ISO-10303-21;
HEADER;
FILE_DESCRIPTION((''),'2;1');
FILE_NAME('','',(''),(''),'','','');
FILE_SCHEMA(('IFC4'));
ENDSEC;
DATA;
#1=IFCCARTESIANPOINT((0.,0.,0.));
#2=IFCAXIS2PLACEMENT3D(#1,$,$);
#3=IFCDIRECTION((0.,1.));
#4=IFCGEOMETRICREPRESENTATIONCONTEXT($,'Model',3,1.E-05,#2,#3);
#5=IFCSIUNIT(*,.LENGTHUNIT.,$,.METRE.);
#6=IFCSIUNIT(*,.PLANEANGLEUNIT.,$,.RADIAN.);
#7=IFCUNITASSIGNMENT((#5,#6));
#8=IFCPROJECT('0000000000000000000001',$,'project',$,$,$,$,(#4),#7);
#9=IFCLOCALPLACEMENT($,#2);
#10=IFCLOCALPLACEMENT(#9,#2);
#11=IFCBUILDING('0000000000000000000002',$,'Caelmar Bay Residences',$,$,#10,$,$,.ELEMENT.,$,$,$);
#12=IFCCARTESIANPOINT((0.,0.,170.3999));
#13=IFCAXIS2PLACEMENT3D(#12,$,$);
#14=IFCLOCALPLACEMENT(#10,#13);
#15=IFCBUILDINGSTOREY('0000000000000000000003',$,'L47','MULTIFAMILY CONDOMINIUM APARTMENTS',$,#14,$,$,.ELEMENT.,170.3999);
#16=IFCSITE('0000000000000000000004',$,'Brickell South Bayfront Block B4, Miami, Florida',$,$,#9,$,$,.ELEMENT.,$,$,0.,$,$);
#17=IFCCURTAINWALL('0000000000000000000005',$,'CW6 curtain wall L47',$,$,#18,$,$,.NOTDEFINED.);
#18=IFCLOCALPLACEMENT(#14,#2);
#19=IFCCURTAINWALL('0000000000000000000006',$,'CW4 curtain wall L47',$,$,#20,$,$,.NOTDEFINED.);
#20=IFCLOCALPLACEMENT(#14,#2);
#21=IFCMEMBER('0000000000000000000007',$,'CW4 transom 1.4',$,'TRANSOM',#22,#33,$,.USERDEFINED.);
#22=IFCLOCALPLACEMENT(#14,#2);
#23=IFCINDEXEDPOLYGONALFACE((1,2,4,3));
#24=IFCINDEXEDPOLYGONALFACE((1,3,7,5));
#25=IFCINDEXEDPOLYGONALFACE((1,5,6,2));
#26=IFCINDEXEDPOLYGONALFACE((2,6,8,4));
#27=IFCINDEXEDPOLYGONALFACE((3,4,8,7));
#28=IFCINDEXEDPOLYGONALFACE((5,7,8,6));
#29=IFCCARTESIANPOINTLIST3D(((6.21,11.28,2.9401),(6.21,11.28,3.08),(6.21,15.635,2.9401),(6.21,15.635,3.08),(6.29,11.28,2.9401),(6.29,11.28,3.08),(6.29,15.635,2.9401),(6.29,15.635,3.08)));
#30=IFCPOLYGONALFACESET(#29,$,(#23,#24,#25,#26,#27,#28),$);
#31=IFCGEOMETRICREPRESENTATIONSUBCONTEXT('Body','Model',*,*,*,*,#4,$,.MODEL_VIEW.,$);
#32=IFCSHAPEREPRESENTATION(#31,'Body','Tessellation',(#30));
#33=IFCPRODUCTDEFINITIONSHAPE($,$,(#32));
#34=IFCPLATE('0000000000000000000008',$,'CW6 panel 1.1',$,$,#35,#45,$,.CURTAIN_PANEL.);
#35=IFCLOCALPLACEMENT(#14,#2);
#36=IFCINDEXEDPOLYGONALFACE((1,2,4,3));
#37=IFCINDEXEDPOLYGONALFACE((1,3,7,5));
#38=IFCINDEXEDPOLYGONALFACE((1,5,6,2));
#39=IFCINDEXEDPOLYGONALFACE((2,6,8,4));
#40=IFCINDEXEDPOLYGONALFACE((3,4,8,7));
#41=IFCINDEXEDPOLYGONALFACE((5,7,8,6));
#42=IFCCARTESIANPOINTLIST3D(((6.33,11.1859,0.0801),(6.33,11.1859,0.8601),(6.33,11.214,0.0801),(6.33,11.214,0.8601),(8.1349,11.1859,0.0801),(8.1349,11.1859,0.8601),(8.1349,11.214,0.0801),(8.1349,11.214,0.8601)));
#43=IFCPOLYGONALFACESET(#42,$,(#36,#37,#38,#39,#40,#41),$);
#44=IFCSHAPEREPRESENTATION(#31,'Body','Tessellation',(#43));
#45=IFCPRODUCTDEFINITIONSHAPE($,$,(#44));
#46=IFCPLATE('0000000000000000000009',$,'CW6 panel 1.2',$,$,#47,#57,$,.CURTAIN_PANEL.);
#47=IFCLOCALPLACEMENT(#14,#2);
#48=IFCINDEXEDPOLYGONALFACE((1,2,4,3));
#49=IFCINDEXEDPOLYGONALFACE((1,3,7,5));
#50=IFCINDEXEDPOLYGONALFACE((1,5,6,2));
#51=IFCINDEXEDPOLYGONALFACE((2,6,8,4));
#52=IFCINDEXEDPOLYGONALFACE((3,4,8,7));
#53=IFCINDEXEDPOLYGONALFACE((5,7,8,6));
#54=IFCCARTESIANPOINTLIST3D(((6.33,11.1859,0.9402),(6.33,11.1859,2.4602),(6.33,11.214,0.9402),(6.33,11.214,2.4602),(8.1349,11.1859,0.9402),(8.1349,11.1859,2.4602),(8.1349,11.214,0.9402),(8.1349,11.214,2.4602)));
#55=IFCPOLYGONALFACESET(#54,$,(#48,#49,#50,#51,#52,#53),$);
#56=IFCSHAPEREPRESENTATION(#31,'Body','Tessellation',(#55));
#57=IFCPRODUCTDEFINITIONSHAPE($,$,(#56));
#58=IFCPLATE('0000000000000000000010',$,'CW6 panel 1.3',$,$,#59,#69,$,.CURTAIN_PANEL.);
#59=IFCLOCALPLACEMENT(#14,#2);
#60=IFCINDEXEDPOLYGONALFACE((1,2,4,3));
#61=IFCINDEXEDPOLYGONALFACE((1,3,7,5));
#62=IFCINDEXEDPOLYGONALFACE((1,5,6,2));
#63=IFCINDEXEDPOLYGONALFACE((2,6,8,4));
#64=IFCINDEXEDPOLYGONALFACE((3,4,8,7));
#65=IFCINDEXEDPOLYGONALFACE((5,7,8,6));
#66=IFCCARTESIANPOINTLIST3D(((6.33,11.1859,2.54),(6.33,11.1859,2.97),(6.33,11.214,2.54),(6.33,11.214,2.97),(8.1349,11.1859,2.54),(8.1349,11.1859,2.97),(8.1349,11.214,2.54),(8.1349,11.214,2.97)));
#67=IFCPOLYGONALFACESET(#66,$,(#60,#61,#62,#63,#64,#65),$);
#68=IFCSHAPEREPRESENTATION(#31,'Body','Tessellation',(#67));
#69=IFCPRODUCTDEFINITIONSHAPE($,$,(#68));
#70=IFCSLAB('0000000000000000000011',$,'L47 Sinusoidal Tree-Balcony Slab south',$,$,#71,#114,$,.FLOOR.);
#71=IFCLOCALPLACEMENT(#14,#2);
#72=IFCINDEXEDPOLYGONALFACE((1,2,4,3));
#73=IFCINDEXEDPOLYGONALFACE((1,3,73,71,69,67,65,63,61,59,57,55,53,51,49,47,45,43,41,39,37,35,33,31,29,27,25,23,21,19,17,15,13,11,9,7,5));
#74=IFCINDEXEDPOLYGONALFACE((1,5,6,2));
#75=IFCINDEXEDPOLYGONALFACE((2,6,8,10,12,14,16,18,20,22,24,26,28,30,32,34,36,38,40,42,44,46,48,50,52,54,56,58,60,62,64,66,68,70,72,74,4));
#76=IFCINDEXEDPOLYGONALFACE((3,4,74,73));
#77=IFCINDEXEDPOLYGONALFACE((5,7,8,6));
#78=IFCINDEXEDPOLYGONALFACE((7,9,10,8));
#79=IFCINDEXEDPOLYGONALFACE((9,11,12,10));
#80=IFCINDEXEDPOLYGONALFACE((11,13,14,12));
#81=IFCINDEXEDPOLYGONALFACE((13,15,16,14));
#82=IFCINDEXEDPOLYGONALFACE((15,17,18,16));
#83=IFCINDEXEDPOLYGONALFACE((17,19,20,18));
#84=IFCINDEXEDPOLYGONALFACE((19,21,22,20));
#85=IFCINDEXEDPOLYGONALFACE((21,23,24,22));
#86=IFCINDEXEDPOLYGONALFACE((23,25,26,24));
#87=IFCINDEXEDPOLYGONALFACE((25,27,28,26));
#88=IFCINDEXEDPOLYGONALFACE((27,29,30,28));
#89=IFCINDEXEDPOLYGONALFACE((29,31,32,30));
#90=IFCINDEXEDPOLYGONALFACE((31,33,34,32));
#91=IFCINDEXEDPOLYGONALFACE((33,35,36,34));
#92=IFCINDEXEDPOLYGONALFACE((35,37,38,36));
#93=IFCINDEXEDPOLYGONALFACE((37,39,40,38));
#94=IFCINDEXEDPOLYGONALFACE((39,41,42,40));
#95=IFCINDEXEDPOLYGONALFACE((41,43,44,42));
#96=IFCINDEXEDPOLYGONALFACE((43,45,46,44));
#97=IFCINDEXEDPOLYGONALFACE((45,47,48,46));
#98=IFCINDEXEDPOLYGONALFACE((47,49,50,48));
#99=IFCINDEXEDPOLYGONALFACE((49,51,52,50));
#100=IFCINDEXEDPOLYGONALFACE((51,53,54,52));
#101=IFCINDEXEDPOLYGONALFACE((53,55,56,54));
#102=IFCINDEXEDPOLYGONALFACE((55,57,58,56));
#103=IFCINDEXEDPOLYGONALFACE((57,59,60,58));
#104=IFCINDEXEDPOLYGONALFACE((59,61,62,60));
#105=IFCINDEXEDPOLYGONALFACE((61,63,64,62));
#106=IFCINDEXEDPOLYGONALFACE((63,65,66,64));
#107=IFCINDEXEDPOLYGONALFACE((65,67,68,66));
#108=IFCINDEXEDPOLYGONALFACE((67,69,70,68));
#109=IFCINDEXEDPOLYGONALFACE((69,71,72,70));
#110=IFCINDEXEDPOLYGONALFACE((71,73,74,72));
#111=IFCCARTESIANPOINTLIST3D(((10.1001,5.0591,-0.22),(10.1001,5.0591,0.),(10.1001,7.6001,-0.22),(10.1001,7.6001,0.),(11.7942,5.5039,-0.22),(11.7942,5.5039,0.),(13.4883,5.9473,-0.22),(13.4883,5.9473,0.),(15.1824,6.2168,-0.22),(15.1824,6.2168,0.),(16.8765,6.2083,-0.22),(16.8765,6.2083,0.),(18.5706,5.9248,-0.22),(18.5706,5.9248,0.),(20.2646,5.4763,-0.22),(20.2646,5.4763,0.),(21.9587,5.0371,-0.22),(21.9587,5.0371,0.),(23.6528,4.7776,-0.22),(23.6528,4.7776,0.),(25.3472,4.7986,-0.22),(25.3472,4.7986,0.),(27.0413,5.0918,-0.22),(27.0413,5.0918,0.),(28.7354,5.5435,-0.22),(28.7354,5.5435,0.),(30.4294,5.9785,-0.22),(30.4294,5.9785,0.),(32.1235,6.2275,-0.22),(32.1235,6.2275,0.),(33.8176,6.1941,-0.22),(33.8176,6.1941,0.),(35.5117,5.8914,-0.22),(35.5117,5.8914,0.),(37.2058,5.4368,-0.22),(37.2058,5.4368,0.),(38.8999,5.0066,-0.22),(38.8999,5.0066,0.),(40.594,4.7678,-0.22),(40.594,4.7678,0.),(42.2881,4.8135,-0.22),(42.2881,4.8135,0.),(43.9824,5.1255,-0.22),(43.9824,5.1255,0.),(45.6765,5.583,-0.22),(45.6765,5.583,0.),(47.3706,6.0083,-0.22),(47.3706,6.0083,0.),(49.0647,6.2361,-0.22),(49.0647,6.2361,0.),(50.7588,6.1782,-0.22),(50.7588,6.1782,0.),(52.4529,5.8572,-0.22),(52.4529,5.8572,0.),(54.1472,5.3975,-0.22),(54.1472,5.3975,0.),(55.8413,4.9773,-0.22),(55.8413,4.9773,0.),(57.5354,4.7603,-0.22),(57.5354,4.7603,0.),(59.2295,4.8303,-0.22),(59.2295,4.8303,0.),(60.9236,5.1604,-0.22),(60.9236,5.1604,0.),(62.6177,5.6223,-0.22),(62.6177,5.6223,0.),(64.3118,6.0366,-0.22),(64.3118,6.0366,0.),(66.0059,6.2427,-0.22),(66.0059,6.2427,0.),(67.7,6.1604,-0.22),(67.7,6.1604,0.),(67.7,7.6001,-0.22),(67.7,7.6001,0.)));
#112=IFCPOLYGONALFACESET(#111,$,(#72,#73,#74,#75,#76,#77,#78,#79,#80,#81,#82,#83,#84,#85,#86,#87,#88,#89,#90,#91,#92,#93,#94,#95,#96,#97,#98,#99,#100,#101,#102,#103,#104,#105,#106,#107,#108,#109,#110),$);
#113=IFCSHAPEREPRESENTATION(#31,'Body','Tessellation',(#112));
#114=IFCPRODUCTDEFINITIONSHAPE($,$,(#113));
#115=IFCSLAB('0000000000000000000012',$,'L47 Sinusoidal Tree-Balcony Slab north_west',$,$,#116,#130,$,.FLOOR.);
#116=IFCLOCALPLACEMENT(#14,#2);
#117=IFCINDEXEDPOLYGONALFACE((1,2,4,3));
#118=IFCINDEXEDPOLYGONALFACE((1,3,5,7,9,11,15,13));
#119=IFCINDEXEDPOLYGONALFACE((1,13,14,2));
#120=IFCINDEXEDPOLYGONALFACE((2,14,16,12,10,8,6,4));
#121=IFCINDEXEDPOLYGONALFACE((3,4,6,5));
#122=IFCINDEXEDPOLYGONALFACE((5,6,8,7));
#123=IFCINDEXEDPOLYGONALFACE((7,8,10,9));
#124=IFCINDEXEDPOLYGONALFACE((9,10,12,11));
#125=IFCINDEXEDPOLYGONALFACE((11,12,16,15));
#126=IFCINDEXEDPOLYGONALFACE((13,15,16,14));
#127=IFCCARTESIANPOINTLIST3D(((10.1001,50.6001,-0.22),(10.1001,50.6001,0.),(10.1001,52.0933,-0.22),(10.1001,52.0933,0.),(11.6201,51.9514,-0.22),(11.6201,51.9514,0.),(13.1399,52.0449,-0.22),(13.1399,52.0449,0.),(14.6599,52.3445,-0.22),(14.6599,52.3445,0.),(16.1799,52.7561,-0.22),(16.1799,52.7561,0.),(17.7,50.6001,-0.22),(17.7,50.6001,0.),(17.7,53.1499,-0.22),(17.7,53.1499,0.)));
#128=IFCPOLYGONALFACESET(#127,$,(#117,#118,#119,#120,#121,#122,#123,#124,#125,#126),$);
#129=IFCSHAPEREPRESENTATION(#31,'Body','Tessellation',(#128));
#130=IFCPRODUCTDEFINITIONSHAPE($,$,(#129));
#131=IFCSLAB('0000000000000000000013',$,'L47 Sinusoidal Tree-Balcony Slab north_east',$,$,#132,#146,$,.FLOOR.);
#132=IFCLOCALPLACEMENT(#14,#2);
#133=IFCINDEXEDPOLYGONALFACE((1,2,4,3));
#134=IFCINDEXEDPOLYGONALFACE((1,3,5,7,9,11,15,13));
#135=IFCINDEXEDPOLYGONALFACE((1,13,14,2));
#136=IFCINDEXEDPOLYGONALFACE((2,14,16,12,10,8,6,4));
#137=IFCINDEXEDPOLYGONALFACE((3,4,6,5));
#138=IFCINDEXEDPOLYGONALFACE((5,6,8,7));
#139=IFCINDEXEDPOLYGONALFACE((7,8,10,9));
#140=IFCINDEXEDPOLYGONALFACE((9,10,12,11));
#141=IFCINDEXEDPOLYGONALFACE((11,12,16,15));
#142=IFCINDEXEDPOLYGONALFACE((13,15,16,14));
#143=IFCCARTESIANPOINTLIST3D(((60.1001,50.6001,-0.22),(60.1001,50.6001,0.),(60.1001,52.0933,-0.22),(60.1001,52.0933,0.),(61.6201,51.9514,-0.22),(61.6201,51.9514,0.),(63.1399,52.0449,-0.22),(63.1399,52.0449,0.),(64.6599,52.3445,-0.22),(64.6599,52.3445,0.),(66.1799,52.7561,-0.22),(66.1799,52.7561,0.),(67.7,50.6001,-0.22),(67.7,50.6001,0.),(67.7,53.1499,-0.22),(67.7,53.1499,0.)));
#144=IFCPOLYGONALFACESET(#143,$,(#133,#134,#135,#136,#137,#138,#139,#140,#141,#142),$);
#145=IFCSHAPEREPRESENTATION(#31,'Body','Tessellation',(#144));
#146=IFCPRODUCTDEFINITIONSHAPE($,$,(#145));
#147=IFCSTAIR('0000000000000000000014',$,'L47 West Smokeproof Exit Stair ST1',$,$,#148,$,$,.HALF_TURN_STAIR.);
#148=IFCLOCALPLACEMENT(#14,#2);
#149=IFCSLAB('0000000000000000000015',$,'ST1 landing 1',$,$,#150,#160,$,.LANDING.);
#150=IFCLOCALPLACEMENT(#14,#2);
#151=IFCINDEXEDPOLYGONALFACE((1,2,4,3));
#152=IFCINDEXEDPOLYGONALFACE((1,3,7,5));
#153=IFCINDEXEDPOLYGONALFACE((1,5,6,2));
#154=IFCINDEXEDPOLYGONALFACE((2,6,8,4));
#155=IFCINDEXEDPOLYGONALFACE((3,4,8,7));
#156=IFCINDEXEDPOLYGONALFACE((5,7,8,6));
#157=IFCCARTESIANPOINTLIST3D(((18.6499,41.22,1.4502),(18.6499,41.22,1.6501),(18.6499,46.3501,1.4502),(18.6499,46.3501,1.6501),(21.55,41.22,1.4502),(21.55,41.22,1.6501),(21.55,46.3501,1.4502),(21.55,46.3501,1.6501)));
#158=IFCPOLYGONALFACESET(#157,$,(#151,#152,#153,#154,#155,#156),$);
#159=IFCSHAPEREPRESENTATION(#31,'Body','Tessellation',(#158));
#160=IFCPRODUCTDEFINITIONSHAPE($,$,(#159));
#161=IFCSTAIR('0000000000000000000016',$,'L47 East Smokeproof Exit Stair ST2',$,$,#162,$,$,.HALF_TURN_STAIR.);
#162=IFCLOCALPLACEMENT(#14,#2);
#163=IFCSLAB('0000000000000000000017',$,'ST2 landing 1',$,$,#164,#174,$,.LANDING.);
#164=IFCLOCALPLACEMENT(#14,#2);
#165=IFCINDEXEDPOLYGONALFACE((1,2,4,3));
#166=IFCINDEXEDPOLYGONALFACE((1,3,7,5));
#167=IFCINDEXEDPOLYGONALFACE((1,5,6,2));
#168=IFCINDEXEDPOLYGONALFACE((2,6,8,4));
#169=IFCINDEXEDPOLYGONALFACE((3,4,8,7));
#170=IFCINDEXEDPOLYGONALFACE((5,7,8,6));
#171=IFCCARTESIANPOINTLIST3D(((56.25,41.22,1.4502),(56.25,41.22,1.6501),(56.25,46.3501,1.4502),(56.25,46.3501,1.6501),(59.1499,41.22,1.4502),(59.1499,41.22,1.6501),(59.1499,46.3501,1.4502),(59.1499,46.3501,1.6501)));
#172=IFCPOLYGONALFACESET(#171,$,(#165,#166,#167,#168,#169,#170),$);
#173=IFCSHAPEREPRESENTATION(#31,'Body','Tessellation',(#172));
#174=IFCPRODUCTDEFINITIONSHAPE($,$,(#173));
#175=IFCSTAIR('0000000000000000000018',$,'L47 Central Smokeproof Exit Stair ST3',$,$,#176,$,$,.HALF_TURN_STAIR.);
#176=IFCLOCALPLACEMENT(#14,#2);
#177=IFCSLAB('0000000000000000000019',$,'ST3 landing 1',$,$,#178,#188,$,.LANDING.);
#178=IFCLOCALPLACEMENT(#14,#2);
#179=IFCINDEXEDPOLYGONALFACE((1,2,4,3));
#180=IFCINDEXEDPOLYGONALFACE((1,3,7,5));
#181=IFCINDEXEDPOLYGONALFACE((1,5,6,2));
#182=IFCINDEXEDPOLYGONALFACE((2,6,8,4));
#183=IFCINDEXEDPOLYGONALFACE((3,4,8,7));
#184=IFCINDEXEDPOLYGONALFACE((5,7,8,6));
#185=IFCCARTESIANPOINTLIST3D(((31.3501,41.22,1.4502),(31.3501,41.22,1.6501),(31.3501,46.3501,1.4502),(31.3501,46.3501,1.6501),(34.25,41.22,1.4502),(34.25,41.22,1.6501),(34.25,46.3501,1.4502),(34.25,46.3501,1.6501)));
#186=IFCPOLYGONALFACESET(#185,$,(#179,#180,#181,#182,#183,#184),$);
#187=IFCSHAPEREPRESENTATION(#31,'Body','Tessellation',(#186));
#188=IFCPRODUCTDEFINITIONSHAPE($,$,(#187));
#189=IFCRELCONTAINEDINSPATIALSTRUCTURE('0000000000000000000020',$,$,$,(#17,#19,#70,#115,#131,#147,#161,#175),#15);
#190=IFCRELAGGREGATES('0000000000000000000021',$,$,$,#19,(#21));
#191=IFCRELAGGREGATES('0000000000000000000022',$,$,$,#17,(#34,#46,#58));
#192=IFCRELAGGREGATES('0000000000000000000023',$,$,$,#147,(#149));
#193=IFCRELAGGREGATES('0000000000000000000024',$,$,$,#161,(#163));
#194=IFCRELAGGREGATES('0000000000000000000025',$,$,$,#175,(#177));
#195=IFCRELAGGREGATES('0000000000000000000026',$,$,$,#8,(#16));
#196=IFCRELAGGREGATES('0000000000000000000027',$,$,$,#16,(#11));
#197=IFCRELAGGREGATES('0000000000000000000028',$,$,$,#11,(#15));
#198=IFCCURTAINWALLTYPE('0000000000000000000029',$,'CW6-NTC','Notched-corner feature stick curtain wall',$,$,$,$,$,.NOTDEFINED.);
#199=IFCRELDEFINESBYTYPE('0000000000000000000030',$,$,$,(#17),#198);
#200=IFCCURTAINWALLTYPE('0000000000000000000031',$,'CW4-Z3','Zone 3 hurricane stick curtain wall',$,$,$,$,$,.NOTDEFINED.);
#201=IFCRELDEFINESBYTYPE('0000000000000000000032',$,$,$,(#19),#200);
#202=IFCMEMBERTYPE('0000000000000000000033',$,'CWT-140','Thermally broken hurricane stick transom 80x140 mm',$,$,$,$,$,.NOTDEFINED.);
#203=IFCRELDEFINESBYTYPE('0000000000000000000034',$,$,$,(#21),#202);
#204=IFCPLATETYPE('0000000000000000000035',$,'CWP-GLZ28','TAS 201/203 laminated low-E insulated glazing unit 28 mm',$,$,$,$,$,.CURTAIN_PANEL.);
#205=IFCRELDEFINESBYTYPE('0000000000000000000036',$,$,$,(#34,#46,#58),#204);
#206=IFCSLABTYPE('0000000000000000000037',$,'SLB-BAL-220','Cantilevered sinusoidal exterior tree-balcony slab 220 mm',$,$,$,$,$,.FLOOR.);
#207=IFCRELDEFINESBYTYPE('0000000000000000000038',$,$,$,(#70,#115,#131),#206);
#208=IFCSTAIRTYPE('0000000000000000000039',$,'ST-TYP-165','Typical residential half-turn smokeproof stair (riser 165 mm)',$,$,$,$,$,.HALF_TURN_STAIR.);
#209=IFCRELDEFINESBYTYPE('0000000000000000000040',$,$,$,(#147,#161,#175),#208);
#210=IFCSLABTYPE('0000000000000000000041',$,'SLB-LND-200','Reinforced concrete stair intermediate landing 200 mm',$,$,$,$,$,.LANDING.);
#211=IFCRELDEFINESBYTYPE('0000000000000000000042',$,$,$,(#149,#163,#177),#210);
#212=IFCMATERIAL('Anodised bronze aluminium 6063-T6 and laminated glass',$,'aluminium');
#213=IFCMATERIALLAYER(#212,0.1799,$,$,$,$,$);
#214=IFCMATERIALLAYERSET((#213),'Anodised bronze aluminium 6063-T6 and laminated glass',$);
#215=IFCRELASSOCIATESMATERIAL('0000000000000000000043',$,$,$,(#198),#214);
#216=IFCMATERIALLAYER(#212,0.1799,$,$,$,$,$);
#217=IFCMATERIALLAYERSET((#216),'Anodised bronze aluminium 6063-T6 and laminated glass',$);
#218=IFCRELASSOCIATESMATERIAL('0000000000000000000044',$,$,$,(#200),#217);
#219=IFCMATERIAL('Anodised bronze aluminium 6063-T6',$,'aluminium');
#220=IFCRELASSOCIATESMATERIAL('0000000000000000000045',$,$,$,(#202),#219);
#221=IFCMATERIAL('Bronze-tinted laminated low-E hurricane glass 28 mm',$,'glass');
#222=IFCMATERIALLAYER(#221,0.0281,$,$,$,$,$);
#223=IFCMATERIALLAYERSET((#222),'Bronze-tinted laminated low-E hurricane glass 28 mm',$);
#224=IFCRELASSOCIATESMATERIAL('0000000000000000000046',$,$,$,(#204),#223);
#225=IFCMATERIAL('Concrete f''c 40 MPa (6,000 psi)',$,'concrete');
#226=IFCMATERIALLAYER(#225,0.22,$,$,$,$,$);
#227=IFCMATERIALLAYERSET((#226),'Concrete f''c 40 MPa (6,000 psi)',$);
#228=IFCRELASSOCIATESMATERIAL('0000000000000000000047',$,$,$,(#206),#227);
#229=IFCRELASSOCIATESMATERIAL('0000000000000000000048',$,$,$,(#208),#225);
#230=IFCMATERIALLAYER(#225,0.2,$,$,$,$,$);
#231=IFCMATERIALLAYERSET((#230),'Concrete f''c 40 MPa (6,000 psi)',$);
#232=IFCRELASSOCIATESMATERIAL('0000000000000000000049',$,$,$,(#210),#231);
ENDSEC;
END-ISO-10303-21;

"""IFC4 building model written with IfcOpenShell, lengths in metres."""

from ifc_helpers import new_model, si_unit, direction, frame, origin, origin_2d, place, context, subcontext, project, spatial, polyline, rectangle, outline, extrude, material, layer, layer_set, material_profile, profile_set, type_object, element, aggregate, save


model = new_model("IFC4")

# Units and contexts
model_context = context("Model", 3, precision=1e-05, world=origin(), true_north=direction((0.0, 1.0)))
body_context = subcontext(model_context, "Body", "Model", "MODEL_VIEW")
ifc_project = project(units=[si_unit("LENGTHUNIT", "METRE"), si_unit("PLANEANGLEUNIT", "RADIAN")], contexts=[model_context])

# Site, building, storey
site_placement = place(None, origin())
site = spatial("IfcSite", under=ifc_project, at=site_placement, Name="Brickell South Bayfront Block B4, Miami, Florida", CompositionType="ELEMENT", RefElevation=0.0)
building_placement = place(site_placement, origin())
building = spatial("IfcBuilding", under=site, at=building_placement, Name="Caelmar Bay Residences", CompositionType="ELEMENT")
storey_placement = place(building_placement, frame((0.0, 0.0, 170.3999)))
storey = spatial("IfcBuildingStorey", under=building, at=storey_placement, Name="L47", Description="MULTIFAMILY CONDOMINIUM APARTMENTS", CompositionType="ELEMENT", Elevation=170.3999)

# Curtain wall
ifc_material_1 = material(Name="Anodised bronze aluminium 6063-T6 and laminated glass", Category="aluminium")
ifc_layer_1 = layer(ifc_material_1, 0.1799)
ifc_layer_set_1 = layer_set([ifc_layer_1], Name="Anodised bronze aluminium 6063-T6 and laminated glass")
curtain_wall_type_1 = type_object("IfcCurtainWallType", Name="CW6-NTC", Description="Notched-corner feature stick curtain wall", PredefinedType="NOTDEFINED", material=ifc_layer_set_1)
curtain_wall_1_placement = place(storey_placement, origin())
curtain_wall_1 = element("IfcCurtainWall", 1, at=curtain_wall_1_placement, inside=storey, type_object=curtain_wall_type_1, Name="CW6 curtain wall L47", PredefinedType="NOTDEFINED")
ifc_material_2 = material(Name="Anodised bronze aluminium 6063-T6", Category="aluminium")

# Curtain wall
ifc_layer_2 = layer(ifc_material_1, 0.1799)
ifc_layer_set_2 = layer_set([ifc_layer_2], Name="Anodised bronze aluminium 6063-T6 and laminated glass")
curtain_wall_type_2 = type_object("IfcCurtainWallType", Name="CW4-Z3", Description="Zone 3 hurricane stick curtain wall", PredefinedType="NOTDEFINED", material=ifc_layer_set_2)
curtain_wall_2_placement = place(storey_placement, origin())
curtain_wall_2 = element("IfcCurtainWall", 2, at=curtain_wall_2_placement, inside=storey, type_object=curtain_wall_type_2, Name="CW4 curtain wall L47", PredefinedType="NOTDEFINED")

# Member
ifc_material_profile_1 = material_profile(ifc_material_2, rectangle(XDim=0.0801, YDim=0.1399, at=origin_2d()), Name="CWT-80X140")
ifc_profile_set_1 = profile_set([ifc_material_profile_1], Name="Anodised bronze aluminium 6063-T6")
member_type_1 = type_object("IfcMemberType", Name="CWT-140", Description="Thermally broken hurricane stick transom 80x140 mm", PredefinedType="NOTDEFINED", material=ifc_profile_set_1)
member_1_placement = place(storey_placement, frame((6.25, 11.28, 3.01), z_axis=(0.0, 1.0, 0.0), x_axis=(-1.0, 0.0, 0.0)))
member_1 = element("IfcMember", 3, at=member_1_placement, type_object=member_type_1, Name="CW4 transom 1.4", ObjectType="TRANSOM", PredefinedType="USERDEFINED", context=body_context, shape_type="SweptSolid", body=[
    extrude(rectangle(XDim=0.0801, YDim=0.1399, at=origin_2d()), origin(), (0.0, 0.0, 1.0), 4.355),
])
aggregate(curtain_wall_2, [member_1])

# Plates
ifc_material_3 = material(Name="Bronze-tinted laminated low-E hurricane glass 28 mm", Category="glass")
ifc_layer_3 = layer(ifc_material_3, 0.0281)
ifc_layer_set_3 = layer_set([ifc_layer_3], Name="Bronze-tinted laminated low-E hurricane glass 28 mm")
plate_type = type_object("IfcPlateType", Name="CWP-GLZ28", Description="TAS 201/203 laminated low-E insulated glazing unit 28 mm", PredefinedType="CURTAIN_PANEL", material=ifc_layer_set_3)
plate_1_placement = place(storey_placement, frame((7.2324, 11.2, 0.0801), z_axis=(0.0, 0.0, 1.0), x_axis=(1.0, 0.0, 0.0)))
plate_1 = element("IfcPlate", 4, at=plate_1_placement, type_object=plate_type, Name="CW6 panel 1.1", PredefinedType="CURTAIN_PANEL", context=body_context, shape_type="SweptSolid", body=[
    extrude(rectangle(XDim=1.8049, YDim=0.0281, at=origin_2d()), origin(), (0.0, 0.0, 1.0), 0.78),
])
plate_2_placement = place(storey_placement, frame((7.2324, 11.2, 0.9402), z_axis=(0.0, 0.0, 1.0), x_axis=(1.0, 0.0, 0.0)))
plate_2 = element("IfcPlate", 5, at=plate_2_placement, type_object=plate_type, Name="CW6 panel 1.2", PredefinedType="CURTAIN_PANEL", context=body_context, shape_type="SweptSolid", body=[
    extrude(rectangle(XDim=1.8049, YDim=0.0281, at=origin_2d()), origin(), (0.0, 0.0, 1.0), 1.52),
])
plate_3_placement = place(storey_placement, frame((7.2324, 11.2, 2.54), z_axis=(0.0, 0.0, 1.0), x_axis=(1.0, 0.0, 0.0)))
plate_3 = element("IfcPlate", 6, at=plate_3_placement, type_object=plate_type, Name="CW6 panel 1.3", PredefinedType="CURTAIN_PANEL", context=body_context, shape_type="SweptSolid", body=[
    extrude(rectangle(XDim=1.8049, YDim=0.0281, at=origin_2d()), origin(), (0.0, 0.0, 1.0), 0.4299),
])
aggregate(curtain_wall_1, [plate_1, plate_2, plate_3])

# Slabs
ifc_material_4 = material(Name="Concrete f'c 40 MPa (6,000 psi)", Category="concrete")
ifc_layer_4 = layer(ifc_material_4, 0.22)
ifc_layer_set_4 = layer_set([ifc_layer_4], Name="Concrete f'c 40 MPa (6,000 psi)")
slab_type_1 = type_object("IfcSlabType", Name="SLB-BAL-220", Description="Cantilevered sinusoidal exterior tree-balcony slab 220 mm", PredefinedType="FLOOR", material=ifc_layer_set_4)
slab_1_placement = place(storey_placement, frame((0.0, 0.0, -0.22)))
element("IfcSlab", 7, at=slab_1_placement, inside=storey, type_object=slab_type_1, Name="L47 Sinusoidal Tree-Balcony Slab south", PredefinedType="FLOOR", context=body_context, shape_type="SweptSolid", body=[
    extrude(outline(polyline([(10.1001, 5.0591), (11.7942, 5.5039), (13.4883, 5.9473), (15.1824, 6.2168), (16.8765, 6.2083), (18.5706, 5.9248), (20.2646, 5.4763), (21.9587, 5.0371), (23.6528, 4.7776), (25.3472, 4.7986), (27.0413, 5.0918), (28.7354, 5.5435), (30.4294, 5.9785), (32.1235, 6.2275), (33.8176, 6.1941), (35.5117, 5.8914), (37.2058, 5.4368), (38.8999, 5.0066), (40.594, 4.7678), (42.2881, 4.8135), (43.9824, 5.1255), (45.6765, 5.583), (47.3706, 6.0083), (49.0647, 6.2361), (50.7588, 6.1782), (52.4529, 5.8572), (54.1472, 5.3975), (55.8413, 4.9773), (57.5354, 4.7603), (59.2295, 4.8303), (60.9236, 5.1604), (62.6177, 5.6223), (64.3118, 6.0366), (66.0059, 6.2427), (67.7, 6.1604), (67.7, 7.6001), (10.1001, 7.6001), (10.1001, 5.0591)])), origin(), (0.0, 0.0, 1.0), 0.22),
])
slab_2_placement = place(storey_placement, frame((0.0, 0.0, -0.22)))
element("IfcSlab", 8, at=slab_2_placement, inside=storey, type_object=slab_type_1, Name="L47 Sinusoidal Tree-Balcony Slab north_west", PredefinedType="FLOOR", context=body_context, shape_type="SweptSolid", body=[
    extrude(outline(polyline([(10.1001, 50.6001), (17.7, 50.6001), (17.7, 53.1499), (16.1799, 52.7561), (14.6599, 52.3445), (13.1399, 52.0449), (11.6201, 51.9514), (10.1001, 52.0933), (10.1001, 50.6001)])), origin(), (0.0, 0.0, 1.0), 0.22),
])
slab_3_placement = place(storey_placement, frame((0.0, 0.0, -0.22)))
element("IfcSlab", 9, at=slab_3_placement, inside=storey, type_object=slab_type_1, Name="L47 Sinusoidal Tree-Balcony Slab north_east", PredefinedType="FLOOR", context=body_context, shape_type="SweptSolid", body=[
    extrude(outline(polyline([(60.1001, 50.6001), (67.7, 50.6001), (67.7, 53.1499), (66.1799, 52.7561), (64.6599, 52.3445), (63.1399, 52.0449), (61.6201, 51.9514), (60.1001, 52.0933), (60.1001, 50.6001)])), origin(), (0.0, 0.0, 1.0), 0.22),
])

# Stairs, slabs
stair_type = type_object("IfcStairType", Name="ST-TYP-165", Description="Typical residential half-turn smokeproof stair (riser 165 mm)", PredefinedType="HALF_TURN_STAIR", material=ifc_material_4)
stair_1_placement = place(storey_placement, origin())
stair_1 = element("IfcStair", 10, at=stair_1_placement, inside=storey, type_object=stair_type, Name="L47 West Smokeproof Exit Stair ST1", PredefinedType="HALF_TURN_STAIR")
ifc_layer_5 = layer(ifc_material_4, 0.2)
ifc_layer_set_5 = layer_set([ifc_layer_5], Name="Concrete f'c 40 MPa (6,000 psi)")
slab_type_2 = type_object("IfcSlabType", Name="SLB-LND-200", Description="Reinforced concrete stair intermediate landing 200 mm", PredefinedType="LANDING", material=ifc_layer_set_5)
slab_4_placement = place(storey_placement, frame((0.0, 0.0, 1.4502)))
slab_4 = element("IfcSlab", 11, at=slab_4_placement, type_object=slab_type_2, Name="ST1 landing 1", PredefinedType="LANDING", context=body_context, shape_type="SweptSolid", body=[
    extrude(outline(polyline([(21.55, 41.22), (21.55, 46.3501), (18.6499, 46.3501), (18.6499, 41.22), (21.55, 41.22)])), origin(), (0.0, 0.0, 1.0), 0.2),
])
aggregate(stair_1, [slab_4])
stair_2_placement = place(storey_placement, origin())
stair_2 = element("IfcStair", 12, at=stair_2_placement, inside=storey, type_object=stair_type, Name="L47 East Smokeproof Exit Stair ST2", PredefinedType="HALF_TURN_STAIR")
slab_5_placement = place(storey_placement, frame((0.0, 0.0, 1.4502)))
slab_5 = element("IfcSlab", 13, at=slab_5_placement, type_object=slab_type_2, Name="ST2 landing 1", PredefinedType="LANDING", context=body_context, shape_type="SweptSolid", body=[
    extrude(outline(polyline([(59.1499, 41.22), (59.1499, 46.3501), (56.25, 46.3501), (56.25, 41.22), (59.1499, 41.22)])), origin(), (0.0, 0.0, 1.0), 0.2),
])
aggregate(stair_2, [slab_5])
stair_3_placement = place(storey_placement, origin())
stair_3 = element("IfcStair", 14, at=stair_3_placement, inside=storey, type_object=stair_type, Name="L47 Central Smokeproof Exit Stair ST3", PredefinedType="HALF_TURN_STAIR")
slab_6_placement = place(storey_placement, frame((0.0, 0.0, 1.4502)))
slab_6 = element("IfcSlab", 15, at=slab_6_placement, type_object=slab_type_2, Name="ST3 landing 1", PredefinedType="LANDING", context=body_context, shape_type="SweptSolid", body=[
    extrude(outline(polyline([(34.25, 41.22), (34.25, 46.3501), (31.3501, 46.3501), (31.3501, 41.22), (34.25, 41.22)])), origin(), (0.0, 0.0, 1.0), 0.2),
])
aggregate(stair_3, [slab_6])

save(model, "model.ifc")
